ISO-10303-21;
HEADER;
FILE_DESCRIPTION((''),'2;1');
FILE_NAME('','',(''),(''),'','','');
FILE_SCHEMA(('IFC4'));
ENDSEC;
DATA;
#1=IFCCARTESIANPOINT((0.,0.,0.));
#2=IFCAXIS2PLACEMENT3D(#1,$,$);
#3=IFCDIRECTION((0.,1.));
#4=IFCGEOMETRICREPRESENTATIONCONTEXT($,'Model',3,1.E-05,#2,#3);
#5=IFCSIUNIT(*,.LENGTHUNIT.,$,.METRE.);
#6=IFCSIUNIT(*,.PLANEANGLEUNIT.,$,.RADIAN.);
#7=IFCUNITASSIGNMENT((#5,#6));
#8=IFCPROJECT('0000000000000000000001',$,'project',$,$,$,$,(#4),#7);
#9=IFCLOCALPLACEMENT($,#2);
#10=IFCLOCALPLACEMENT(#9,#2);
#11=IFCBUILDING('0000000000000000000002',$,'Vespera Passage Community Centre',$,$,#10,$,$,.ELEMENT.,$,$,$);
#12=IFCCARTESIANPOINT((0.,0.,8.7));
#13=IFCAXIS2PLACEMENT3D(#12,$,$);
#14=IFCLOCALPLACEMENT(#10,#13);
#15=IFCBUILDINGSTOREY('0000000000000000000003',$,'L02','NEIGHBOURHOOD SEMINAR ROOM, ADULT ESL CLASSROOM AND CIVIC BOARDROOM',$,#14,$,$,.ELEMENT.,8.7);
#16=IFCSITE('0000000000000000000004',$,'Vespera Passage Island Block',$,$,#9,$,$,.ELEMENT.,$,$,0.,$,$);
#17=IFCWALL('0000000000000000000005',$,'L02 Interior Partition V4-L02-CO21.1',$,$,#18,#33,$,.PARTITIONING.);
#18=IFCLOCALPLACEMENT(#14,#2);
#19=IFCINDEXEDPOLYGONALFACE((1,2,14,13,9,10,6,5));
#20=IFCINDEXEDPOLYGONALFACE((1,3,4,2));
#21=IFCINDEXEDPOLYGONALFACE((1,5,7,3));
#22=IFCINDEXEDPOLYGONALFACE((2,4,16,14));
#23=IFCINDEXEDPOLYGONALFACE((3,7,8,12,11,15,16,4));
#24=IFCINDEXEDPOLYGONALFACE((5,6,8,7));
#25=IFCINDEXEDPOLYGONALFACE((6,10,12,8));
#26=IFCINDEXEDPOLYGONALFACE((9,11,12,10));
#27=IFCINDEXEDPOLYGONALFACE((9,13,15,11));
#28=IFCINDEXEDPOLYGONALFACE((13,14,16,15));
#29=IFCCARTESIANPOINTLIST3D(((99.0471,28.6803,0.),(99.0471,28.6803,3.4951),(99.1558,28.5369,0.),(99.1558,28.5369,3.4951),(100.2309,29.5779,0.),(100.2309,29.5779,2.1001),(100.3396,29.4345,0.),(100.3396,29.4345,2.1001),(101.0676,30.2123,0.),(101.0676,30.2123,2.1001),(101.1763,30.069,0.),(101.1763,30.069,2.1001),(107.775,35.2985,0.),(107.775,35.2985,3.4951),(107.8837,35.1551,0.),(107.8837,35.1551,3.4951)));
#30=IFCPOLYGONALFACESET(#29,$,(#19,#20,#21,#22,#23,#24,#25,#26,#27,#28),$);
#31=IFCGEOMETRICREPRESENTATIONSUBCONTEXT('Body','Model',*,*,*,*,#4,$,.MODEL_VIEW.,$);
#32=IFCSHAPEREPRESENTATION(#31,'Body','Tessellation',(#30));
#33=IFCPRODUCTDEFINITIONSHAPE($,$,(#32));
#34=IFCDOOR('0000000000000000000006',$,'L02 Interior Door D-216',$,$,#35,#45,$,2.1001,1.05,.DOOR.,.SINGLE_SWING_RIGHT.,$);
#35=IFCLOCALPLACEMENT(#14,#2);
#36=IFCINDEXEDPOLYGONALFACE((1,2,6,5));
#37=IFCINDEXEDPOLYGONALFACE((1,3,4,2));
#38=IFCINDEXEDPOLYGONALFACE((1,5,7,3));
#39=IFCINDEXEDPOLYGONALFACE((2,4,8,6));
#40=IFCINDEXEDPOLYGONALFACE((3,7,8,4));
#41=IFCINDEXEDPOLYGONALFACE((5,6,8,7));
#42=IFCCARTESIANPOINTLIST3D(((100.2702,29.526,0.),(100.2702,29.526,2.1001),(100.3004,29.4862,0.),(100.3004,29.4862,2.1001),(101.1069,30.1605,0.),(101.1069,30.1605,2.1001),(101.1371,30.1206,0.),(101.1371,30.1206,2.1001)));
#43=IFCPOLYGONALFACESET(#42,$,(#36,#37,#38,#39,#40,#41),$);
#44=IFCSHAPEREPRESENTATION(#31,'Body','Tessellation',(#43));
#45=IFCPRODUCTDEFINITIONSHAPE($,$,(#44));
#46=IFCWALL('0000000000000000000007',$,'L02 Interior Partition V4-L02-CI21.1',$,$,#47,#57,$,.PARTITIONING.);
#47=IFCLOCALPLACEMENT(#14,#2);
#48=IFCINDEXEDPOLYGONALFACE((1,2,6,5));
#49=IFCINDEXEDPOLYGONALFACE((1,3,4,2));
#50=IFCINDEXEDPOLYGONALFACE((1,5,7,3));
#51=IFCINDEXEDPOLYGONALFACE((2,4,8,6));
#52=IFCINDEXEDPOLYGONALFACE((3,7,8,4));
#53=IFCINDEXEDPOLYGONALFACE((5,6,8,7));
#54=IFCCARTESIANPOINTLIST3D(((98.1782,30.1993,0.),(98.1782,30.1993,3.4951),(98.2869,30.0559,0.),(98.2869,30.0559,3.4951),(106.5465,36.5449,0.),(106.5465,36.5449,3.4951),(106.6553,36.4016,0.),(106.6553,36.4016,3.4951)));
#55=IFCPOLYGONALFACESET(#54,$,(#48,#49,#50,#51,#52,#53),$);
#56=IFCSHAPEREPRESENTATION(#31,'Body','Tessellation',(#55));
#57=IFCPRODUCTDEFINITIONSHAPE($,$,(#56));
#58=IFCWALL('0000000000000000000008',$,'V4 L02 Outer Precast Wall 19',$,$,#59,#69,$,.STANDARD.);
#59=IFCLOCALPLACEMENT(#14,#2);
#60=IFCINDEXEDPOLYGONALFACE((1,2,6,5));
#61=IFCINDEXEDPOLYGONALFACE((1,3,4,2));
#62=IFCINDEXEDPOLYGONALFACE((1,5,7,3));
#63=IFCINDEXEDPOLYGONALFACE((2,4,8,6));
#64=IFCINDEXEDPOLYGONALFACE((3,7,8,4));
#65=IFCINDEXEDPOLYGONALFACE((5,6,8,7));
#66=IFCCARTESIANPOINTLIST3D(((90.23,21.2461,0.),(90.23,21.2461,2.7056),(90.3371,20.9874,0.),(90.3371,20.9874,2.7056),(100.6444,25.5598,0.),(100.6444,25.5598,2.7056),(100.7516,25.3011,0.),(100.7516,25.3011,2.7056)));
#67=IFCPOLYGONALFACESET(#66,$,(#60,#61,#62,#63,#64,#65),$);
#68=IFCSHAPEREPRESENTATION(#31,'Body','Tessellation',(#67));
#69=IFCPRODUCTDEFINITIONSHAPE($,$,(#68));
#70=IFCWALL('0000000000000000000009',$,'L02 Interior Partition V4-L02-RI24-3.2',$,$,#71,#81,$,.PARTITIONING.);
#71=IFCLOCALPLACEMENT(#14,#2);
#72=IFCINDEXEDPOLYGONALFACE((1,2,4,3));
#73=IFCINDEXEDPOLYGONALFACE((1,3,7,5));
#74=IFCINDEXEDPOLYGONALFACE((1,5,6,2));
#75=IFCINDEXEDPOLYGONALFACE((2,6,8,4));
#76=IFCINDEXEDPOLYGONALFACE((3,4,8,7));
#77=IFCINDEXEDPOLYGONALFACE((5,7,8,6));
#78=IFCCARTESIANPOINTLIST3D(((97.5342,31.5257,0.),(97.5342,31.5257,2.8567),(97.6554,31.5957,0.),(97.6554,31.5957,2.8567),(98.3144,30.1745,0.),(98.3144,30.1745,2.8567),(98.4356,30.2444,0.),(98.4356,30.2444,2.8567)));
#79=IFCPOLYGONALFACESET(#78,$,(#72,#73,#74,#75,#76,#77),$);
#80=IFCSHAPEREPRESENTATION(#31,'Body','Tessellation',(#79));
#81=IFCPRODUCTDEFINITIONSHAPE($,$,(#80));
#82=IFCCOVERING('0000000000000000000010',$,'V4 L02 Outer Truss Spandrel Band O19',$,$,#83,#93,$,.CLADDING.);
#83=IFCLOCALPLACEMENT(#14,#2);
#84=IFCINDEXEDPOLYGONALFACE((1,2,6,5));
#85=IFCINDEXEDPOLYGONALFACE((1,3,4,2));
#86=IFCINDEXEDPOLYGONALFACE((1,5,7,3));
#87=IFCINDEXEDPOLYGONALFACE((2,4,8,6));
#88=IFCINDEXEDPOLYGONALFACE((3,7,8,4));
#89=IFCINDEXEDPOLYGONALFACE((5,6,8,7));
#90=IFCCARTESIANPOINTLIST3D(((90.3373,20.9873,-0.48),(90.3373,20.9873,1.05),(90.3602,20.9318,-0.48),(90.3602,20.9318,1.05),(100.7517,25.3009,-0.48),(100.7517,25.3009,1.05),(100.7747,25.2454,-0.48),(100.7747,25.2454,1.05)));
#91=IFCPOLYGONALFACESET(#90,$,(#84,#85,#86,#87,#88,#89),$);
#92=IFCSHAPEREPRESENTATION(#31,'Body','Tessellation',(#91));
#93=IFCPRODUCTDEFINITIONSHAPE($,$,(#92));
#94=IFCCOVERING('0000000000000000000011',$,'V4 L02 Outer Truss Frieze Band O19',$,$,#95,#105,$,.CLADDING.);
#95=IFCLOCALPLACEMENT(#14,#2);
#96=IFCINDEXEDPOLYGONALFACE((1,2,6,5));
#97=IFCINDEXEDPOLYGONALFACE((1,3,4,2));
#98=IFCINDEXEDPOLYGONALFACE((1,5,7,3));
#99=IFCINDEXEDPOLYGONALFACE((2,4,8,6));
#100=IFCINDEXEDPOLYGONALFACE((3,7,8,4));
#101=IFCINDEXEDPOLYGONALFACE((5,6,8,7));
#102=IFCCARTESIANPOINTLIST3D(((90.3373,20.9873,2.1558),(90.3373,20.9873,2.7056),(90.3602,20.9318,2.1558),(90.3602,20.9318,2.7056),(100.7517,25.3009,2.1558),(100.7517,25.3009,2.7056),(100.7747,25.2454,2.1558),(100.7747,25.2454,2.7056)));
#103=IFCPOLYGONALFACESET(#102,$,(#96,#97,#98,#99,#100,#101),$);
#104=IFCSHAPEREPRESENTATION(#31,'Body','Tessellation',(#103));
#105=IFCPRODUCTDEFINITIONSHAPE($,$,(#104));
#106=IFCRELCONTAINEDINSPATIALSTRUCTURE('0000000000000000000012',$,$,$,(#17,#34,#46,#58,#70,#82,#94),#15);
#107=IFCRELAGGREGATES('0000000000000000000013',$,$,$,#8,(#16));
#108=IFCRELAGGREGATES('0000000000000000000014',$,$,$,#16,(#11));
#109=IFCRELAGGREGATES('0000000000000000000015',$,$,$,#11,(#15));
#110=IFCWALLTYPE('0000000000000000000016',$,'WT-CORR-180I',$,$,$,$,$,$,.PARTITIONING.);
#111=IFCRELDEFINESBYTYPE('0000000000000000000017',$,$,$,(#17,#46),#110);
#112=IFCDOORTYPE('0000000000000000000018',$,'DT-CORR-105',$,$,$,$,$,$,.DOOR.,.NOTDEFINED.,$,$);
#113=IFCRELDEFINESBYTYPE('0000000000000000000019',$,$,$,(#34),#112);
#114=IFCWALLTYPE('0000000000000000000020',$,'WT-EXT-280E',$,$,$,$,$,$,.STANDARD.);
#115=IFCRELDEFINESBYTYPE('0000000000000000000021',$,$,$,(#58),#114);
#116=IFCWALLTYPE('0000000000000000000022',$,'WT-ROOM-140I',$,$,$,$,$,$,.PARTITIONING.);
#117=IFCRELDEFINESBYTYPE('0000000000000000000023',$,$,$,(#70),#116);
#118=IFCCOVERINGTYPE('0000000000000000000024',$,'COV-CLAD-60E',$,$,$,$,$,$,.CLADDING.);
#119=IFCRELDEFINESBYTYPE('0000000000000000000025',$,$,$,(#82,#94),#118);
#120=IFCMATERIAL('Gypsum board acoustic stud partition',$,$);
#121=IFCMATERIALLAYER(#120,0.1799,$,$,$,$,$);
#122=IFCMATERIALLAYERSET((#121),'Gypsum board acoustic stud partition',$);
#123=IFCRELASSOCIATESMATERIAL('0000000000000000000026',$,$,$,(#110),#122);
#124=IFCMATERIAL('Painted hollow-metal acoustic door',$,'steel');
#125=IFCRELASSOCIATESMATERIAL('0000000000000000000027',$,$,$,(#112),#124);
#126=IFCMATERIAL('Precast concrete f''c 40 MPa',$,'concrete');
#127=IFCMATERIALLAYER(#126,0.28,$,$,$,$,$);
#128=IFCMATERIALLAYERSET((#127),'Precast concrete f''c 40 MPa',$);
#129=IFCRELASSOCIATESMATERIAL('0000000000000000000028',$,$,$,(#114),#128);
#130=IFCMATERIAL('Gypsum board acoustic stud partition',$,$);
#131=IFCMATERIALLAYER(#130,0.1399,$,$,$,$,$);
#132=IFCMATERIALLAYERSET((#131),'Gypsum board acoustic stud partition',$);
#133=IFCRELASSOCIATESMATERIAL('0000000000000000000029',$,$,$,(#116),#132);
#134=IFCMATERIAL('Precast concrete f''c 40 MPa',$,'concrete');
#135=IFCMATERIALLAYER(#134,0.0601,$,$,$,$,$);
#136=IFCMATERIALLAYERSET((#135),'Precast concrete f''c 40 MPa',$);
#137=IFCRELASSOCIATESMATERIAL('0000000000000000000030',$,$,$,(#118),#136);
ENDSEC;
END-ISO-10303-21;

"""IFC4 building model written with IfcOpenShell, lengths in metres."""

from ifc_helpers import new_model, si_unit, direction, frame, frame_2d, origin, place, context, subcontext, project, spatial, rectangle, extrude, material, layer, layer_set, type_object, element, fill, save


model = new_model("IFC4")

# Units and contexts
model_context = context("Model", 3, precision=1e-05, world=origin(), true_north=direction((0.0, 1.0)))
body_context = subcontext(model_context, "Body", "Model", "MODEL_VIEW")
ifc_project = project(units=[si_unit("LENGTHUNIT", "METRE"), si_unit("PLANEANGLEUNIT", "RADIAN")], contexts=[model_context])

# Site, building, storey
site_placement = place(None, origin())
site = spatial("IfcSite", under=ifc_project, at=site_placement, Name="Vespera Passage Island Block", CompositionType="ELEMENT", RefElevation=0.0)
building_placement = place(site_placement, origin())
building = spatial("IfcBuilding", under=site, at=building_placement, Name="Vespera Passage Community Centre", CompositionType="ELEMENT")
storey_placement = place(building_placement, frame((0.0, 0.0, 8.7)))
storey = spatial("IfcBuildingStorey", under=building, at=storey_placement, Name="L02", Description="NEIGHBOURHOOD SEMINAR ROOM, ADULT ESL CLASSROOM AND CIVIC BOARDROOM", CompositionType="ELEMENT", Elevation=8.7)

# Wall, opening, door
ifc_material_1 = material(Name="Gypsum board acoustic stud partition")
ifc_layer_1 = layer(ifc_material_1, 0.1799)
ifc_layer_set_1 = layer_set([ifc_layer_1], Name="Gypsum board acoustic stud partition")
wall_type_1 = type_object("IfcWallType", Name="WT-CORR-180I", PredefinedType="PARTITIONING", material=ifc_layer_set_1)
wall_1_placement = place(storey_placement, frame((99.1016, 28.6086, 0.0), z_axis=(0.0, 0.0, 1.0), x_axis=(0.796819, 0.604218, 0.0)))
wall_1 = element("IfcWall", 1, at=wall_1_placement, inside=storey, type_object=wall_type_1, Name="L02 Interior Partition V4-L02-CO21.1", PredefinedType="PARTITIONING", context=body_context, shape_type="SweptSolid", body=[
    extrude(rectangle(XDim=10.9534, YDim=0.1799, at=frame_2d((5.4766, 0.0))), origin(), (0.0, 0.0, 1.0), 3.4951),
])
opening_placement = place(wall_1_placement, frame((1.4856, 0.0, 0.0)))
opening = element("IfcOpeningElement", 2, at=opening_placement, cuts=wall_1, PredefinedType="OPENING", context=body_context, shape_type="SweptSolid", body=[
    extrude(rectangle(XDim=1.05, YDim=2.1001, at=frame_2d((0.5249, 1.05))), frame((0.0, 0.0999, 0.0), z_axis=(0.0, -1.0, 0.0), x_axis=(1.0, 0.0, 0.0)), (0.0, 0.0, 1.0), 0.2),
])
ifc_material_2 = material(Name="Painted hollow-metal acoustic door", Category="steel")
door_type = type_object("IfcDoorType", Name="DT-CORR-105", OperationType="NOTDEFINED", PredefinedType="DOOR", material=ifc_material_2)
door_placement = place(opening_placement, origin())
door = element("IfcDoor", 3, at=door_placement, inside=storey, type_object=door_type, Name="L02 Interior Door D-216", OperationType="SINGLE_SWING_RIGHT", OverallHeight=2.1001, OverallWidth=1.05, PredefinedType="DOOR", context=body_context, shape_type="SweptSolid", body=[
    extrude(rectangle(XDim=1.05, YDim=2.1001, at=frame_2d((0.5249, 1.05))), frame((0.0, 0.0249, 0.0), z_axis=(0.0, -1.0, 0.0), x_axis=(1.0, 0.0, 0.0)), (0.0, 0.0, 1.0), 0.05),
])
fill(opening, door)

# Walls
wall_2_placement = place(storey_placement, frame((98.2327, 30.1277, 0.0), z_axis=(0.0, 0.0, 1.0), x_axis=(0.796817, 0.604221, 0.0)))
element("IfcWall", 4, at=wall_2_placement, inside=storey, type_object=wall_type_1, Name="L02 Interior Partition V4-L02-CI21.1", PredefinedType="PARTITIONING", context=body_context, shape_type="SweptSolid", body=[
    extrude(rectangle(XDim=10.5022, YDim=0.1799, at=frame_2d((5.251, 0.0))), origin(), (0.0, 0.0, 1.0), 3.4951),
])
ifc_material_3 = material(Name="Precast concrete f'c 40 MPa", Category="concrete")
ifc_layer_2 = layer(ifc_material_3, 0.28)
ifc_layer_set_2 = layer_set([ifc_layer_2], Name="Precast concrete f'c 40 MPa")
wall_type_2 = type_object("IfcWallType", Name="WT-EXT-280E", PredefinedType="STANDARD", material=ifc_layer_set_2)
wall_3_placement = place(storey_placement, frame((100.698, 25.4304, 0.0), z_axis=(0.0, 0.0, 1.0), x_axis=(-0.923884, -0.382674, 0.0)))
element("IfcWall", 5, at=wall_3_placement, inside=storey, type_object=wall_type_2, Name="V4 L02 Outer Precast Wall 19", PredefinedType="STANDARD", context=body_context, shape_type="SweptSolid", body=[
    extrude(rectangle(XDim=11.2725, YDim=0.28, at=frame_2d((5.6362, 0.0))), origin(), (0.0, 0.0, 1.0), 2.7056),
])
ifc_material_4 = material(Name="Gypsum board acoustic stud partition")
ifc_layer_3 = layer(ifc_material_4, 0.1399)
ifc_layer_set_3 = layer_set([ifc_layer_3], Name="Gypsum board acoustic stud partition")
wall_type_3 = type_object("IfcWallType", Name="WT-ROOM-140I", PredefinedType="PARTITIONING", material=ifc_layer_set_3)
wall_4_placement = place(storey_placement, frame((97.5947, 31.5608, 0.0), z_axis=(0.0, 0.0, 1.0), x_axis=(0.500043, -0.866001, 0.0)))
element("IfcWall", 6, at=wall_4_placement, inside=storey, type_object=wall_type_3, Name="L02 Interior Partition V4-L02-RI24-3.2", PredefinedType="PARTITIONING", context=body_context, shape_type="SweptSolid", body=[
    extrude(rectangle(XDim=1.5603, YDim=0.1399, at=frame_2d((0.7803, 0.0))), origin(), (0.0, 0.0, 1.0), 2.8567),
])

# Coverings
ifc_material_5 = material(Name="Precast concrete f'c 40 MPa", Category="concrete")
ifc_layer_4 = layer(ifc_material_5, 0.0601)
ifc_layer_set_4 = layer_set([ifc_layer_4], Name="Precast concrete f'c 40 MPa")
covering_type = type_object("IfcCoveringType", Name="COV-CLAD-60E", PredefinedType="CLADDING", material=ifc_layer_set_4)
covering_1_placement = place(storey_placement, frame((100.7632, 25.2732, -0.48), z_axis=(0.0, 0.0, 1.0), x_axis=(-0.923884, -0.382674, 0.0)))
element("IfcCovering", 7, at=covering_1_placement, inside=storey, type_object=covering_type, Name="V4 L02 Outer Truss Spandrel Band O19", PredefinedType="CLADDING", context=body_context, shape_type="SweptSolid", body=[
    extrude(rectangle(XDim=11.2725, YDim=0.0601, at=frame_2d((5.6362, 0.0))), origin(), (0.0, 0.0, 1.0), 1.53),
])
covering_2_placement = place(storey_placement, frame((100.7632, 25.2732, 2.1558), z_axis=(0.0, 0.0, 1.0), x_axis=(-0.923884, -0.382674, 0.0)))
element("IfcCovering", 8, at=covering_2_placement, inside=storey, type_object=covering_type, Name="V4 L02 Outer Truss Frieze Band O19", PredefinedType="CLADDING", context=body_context, shape_type="SweptSolid", body=[
    extrude(rectangle(XDim=11.2725, YDim=0.0601, at=frame_2d((5.6362, 0.0))), origin(), (0.0, 0.0, 1.0), 0.5498),
])

save(model, "model.ifc")
